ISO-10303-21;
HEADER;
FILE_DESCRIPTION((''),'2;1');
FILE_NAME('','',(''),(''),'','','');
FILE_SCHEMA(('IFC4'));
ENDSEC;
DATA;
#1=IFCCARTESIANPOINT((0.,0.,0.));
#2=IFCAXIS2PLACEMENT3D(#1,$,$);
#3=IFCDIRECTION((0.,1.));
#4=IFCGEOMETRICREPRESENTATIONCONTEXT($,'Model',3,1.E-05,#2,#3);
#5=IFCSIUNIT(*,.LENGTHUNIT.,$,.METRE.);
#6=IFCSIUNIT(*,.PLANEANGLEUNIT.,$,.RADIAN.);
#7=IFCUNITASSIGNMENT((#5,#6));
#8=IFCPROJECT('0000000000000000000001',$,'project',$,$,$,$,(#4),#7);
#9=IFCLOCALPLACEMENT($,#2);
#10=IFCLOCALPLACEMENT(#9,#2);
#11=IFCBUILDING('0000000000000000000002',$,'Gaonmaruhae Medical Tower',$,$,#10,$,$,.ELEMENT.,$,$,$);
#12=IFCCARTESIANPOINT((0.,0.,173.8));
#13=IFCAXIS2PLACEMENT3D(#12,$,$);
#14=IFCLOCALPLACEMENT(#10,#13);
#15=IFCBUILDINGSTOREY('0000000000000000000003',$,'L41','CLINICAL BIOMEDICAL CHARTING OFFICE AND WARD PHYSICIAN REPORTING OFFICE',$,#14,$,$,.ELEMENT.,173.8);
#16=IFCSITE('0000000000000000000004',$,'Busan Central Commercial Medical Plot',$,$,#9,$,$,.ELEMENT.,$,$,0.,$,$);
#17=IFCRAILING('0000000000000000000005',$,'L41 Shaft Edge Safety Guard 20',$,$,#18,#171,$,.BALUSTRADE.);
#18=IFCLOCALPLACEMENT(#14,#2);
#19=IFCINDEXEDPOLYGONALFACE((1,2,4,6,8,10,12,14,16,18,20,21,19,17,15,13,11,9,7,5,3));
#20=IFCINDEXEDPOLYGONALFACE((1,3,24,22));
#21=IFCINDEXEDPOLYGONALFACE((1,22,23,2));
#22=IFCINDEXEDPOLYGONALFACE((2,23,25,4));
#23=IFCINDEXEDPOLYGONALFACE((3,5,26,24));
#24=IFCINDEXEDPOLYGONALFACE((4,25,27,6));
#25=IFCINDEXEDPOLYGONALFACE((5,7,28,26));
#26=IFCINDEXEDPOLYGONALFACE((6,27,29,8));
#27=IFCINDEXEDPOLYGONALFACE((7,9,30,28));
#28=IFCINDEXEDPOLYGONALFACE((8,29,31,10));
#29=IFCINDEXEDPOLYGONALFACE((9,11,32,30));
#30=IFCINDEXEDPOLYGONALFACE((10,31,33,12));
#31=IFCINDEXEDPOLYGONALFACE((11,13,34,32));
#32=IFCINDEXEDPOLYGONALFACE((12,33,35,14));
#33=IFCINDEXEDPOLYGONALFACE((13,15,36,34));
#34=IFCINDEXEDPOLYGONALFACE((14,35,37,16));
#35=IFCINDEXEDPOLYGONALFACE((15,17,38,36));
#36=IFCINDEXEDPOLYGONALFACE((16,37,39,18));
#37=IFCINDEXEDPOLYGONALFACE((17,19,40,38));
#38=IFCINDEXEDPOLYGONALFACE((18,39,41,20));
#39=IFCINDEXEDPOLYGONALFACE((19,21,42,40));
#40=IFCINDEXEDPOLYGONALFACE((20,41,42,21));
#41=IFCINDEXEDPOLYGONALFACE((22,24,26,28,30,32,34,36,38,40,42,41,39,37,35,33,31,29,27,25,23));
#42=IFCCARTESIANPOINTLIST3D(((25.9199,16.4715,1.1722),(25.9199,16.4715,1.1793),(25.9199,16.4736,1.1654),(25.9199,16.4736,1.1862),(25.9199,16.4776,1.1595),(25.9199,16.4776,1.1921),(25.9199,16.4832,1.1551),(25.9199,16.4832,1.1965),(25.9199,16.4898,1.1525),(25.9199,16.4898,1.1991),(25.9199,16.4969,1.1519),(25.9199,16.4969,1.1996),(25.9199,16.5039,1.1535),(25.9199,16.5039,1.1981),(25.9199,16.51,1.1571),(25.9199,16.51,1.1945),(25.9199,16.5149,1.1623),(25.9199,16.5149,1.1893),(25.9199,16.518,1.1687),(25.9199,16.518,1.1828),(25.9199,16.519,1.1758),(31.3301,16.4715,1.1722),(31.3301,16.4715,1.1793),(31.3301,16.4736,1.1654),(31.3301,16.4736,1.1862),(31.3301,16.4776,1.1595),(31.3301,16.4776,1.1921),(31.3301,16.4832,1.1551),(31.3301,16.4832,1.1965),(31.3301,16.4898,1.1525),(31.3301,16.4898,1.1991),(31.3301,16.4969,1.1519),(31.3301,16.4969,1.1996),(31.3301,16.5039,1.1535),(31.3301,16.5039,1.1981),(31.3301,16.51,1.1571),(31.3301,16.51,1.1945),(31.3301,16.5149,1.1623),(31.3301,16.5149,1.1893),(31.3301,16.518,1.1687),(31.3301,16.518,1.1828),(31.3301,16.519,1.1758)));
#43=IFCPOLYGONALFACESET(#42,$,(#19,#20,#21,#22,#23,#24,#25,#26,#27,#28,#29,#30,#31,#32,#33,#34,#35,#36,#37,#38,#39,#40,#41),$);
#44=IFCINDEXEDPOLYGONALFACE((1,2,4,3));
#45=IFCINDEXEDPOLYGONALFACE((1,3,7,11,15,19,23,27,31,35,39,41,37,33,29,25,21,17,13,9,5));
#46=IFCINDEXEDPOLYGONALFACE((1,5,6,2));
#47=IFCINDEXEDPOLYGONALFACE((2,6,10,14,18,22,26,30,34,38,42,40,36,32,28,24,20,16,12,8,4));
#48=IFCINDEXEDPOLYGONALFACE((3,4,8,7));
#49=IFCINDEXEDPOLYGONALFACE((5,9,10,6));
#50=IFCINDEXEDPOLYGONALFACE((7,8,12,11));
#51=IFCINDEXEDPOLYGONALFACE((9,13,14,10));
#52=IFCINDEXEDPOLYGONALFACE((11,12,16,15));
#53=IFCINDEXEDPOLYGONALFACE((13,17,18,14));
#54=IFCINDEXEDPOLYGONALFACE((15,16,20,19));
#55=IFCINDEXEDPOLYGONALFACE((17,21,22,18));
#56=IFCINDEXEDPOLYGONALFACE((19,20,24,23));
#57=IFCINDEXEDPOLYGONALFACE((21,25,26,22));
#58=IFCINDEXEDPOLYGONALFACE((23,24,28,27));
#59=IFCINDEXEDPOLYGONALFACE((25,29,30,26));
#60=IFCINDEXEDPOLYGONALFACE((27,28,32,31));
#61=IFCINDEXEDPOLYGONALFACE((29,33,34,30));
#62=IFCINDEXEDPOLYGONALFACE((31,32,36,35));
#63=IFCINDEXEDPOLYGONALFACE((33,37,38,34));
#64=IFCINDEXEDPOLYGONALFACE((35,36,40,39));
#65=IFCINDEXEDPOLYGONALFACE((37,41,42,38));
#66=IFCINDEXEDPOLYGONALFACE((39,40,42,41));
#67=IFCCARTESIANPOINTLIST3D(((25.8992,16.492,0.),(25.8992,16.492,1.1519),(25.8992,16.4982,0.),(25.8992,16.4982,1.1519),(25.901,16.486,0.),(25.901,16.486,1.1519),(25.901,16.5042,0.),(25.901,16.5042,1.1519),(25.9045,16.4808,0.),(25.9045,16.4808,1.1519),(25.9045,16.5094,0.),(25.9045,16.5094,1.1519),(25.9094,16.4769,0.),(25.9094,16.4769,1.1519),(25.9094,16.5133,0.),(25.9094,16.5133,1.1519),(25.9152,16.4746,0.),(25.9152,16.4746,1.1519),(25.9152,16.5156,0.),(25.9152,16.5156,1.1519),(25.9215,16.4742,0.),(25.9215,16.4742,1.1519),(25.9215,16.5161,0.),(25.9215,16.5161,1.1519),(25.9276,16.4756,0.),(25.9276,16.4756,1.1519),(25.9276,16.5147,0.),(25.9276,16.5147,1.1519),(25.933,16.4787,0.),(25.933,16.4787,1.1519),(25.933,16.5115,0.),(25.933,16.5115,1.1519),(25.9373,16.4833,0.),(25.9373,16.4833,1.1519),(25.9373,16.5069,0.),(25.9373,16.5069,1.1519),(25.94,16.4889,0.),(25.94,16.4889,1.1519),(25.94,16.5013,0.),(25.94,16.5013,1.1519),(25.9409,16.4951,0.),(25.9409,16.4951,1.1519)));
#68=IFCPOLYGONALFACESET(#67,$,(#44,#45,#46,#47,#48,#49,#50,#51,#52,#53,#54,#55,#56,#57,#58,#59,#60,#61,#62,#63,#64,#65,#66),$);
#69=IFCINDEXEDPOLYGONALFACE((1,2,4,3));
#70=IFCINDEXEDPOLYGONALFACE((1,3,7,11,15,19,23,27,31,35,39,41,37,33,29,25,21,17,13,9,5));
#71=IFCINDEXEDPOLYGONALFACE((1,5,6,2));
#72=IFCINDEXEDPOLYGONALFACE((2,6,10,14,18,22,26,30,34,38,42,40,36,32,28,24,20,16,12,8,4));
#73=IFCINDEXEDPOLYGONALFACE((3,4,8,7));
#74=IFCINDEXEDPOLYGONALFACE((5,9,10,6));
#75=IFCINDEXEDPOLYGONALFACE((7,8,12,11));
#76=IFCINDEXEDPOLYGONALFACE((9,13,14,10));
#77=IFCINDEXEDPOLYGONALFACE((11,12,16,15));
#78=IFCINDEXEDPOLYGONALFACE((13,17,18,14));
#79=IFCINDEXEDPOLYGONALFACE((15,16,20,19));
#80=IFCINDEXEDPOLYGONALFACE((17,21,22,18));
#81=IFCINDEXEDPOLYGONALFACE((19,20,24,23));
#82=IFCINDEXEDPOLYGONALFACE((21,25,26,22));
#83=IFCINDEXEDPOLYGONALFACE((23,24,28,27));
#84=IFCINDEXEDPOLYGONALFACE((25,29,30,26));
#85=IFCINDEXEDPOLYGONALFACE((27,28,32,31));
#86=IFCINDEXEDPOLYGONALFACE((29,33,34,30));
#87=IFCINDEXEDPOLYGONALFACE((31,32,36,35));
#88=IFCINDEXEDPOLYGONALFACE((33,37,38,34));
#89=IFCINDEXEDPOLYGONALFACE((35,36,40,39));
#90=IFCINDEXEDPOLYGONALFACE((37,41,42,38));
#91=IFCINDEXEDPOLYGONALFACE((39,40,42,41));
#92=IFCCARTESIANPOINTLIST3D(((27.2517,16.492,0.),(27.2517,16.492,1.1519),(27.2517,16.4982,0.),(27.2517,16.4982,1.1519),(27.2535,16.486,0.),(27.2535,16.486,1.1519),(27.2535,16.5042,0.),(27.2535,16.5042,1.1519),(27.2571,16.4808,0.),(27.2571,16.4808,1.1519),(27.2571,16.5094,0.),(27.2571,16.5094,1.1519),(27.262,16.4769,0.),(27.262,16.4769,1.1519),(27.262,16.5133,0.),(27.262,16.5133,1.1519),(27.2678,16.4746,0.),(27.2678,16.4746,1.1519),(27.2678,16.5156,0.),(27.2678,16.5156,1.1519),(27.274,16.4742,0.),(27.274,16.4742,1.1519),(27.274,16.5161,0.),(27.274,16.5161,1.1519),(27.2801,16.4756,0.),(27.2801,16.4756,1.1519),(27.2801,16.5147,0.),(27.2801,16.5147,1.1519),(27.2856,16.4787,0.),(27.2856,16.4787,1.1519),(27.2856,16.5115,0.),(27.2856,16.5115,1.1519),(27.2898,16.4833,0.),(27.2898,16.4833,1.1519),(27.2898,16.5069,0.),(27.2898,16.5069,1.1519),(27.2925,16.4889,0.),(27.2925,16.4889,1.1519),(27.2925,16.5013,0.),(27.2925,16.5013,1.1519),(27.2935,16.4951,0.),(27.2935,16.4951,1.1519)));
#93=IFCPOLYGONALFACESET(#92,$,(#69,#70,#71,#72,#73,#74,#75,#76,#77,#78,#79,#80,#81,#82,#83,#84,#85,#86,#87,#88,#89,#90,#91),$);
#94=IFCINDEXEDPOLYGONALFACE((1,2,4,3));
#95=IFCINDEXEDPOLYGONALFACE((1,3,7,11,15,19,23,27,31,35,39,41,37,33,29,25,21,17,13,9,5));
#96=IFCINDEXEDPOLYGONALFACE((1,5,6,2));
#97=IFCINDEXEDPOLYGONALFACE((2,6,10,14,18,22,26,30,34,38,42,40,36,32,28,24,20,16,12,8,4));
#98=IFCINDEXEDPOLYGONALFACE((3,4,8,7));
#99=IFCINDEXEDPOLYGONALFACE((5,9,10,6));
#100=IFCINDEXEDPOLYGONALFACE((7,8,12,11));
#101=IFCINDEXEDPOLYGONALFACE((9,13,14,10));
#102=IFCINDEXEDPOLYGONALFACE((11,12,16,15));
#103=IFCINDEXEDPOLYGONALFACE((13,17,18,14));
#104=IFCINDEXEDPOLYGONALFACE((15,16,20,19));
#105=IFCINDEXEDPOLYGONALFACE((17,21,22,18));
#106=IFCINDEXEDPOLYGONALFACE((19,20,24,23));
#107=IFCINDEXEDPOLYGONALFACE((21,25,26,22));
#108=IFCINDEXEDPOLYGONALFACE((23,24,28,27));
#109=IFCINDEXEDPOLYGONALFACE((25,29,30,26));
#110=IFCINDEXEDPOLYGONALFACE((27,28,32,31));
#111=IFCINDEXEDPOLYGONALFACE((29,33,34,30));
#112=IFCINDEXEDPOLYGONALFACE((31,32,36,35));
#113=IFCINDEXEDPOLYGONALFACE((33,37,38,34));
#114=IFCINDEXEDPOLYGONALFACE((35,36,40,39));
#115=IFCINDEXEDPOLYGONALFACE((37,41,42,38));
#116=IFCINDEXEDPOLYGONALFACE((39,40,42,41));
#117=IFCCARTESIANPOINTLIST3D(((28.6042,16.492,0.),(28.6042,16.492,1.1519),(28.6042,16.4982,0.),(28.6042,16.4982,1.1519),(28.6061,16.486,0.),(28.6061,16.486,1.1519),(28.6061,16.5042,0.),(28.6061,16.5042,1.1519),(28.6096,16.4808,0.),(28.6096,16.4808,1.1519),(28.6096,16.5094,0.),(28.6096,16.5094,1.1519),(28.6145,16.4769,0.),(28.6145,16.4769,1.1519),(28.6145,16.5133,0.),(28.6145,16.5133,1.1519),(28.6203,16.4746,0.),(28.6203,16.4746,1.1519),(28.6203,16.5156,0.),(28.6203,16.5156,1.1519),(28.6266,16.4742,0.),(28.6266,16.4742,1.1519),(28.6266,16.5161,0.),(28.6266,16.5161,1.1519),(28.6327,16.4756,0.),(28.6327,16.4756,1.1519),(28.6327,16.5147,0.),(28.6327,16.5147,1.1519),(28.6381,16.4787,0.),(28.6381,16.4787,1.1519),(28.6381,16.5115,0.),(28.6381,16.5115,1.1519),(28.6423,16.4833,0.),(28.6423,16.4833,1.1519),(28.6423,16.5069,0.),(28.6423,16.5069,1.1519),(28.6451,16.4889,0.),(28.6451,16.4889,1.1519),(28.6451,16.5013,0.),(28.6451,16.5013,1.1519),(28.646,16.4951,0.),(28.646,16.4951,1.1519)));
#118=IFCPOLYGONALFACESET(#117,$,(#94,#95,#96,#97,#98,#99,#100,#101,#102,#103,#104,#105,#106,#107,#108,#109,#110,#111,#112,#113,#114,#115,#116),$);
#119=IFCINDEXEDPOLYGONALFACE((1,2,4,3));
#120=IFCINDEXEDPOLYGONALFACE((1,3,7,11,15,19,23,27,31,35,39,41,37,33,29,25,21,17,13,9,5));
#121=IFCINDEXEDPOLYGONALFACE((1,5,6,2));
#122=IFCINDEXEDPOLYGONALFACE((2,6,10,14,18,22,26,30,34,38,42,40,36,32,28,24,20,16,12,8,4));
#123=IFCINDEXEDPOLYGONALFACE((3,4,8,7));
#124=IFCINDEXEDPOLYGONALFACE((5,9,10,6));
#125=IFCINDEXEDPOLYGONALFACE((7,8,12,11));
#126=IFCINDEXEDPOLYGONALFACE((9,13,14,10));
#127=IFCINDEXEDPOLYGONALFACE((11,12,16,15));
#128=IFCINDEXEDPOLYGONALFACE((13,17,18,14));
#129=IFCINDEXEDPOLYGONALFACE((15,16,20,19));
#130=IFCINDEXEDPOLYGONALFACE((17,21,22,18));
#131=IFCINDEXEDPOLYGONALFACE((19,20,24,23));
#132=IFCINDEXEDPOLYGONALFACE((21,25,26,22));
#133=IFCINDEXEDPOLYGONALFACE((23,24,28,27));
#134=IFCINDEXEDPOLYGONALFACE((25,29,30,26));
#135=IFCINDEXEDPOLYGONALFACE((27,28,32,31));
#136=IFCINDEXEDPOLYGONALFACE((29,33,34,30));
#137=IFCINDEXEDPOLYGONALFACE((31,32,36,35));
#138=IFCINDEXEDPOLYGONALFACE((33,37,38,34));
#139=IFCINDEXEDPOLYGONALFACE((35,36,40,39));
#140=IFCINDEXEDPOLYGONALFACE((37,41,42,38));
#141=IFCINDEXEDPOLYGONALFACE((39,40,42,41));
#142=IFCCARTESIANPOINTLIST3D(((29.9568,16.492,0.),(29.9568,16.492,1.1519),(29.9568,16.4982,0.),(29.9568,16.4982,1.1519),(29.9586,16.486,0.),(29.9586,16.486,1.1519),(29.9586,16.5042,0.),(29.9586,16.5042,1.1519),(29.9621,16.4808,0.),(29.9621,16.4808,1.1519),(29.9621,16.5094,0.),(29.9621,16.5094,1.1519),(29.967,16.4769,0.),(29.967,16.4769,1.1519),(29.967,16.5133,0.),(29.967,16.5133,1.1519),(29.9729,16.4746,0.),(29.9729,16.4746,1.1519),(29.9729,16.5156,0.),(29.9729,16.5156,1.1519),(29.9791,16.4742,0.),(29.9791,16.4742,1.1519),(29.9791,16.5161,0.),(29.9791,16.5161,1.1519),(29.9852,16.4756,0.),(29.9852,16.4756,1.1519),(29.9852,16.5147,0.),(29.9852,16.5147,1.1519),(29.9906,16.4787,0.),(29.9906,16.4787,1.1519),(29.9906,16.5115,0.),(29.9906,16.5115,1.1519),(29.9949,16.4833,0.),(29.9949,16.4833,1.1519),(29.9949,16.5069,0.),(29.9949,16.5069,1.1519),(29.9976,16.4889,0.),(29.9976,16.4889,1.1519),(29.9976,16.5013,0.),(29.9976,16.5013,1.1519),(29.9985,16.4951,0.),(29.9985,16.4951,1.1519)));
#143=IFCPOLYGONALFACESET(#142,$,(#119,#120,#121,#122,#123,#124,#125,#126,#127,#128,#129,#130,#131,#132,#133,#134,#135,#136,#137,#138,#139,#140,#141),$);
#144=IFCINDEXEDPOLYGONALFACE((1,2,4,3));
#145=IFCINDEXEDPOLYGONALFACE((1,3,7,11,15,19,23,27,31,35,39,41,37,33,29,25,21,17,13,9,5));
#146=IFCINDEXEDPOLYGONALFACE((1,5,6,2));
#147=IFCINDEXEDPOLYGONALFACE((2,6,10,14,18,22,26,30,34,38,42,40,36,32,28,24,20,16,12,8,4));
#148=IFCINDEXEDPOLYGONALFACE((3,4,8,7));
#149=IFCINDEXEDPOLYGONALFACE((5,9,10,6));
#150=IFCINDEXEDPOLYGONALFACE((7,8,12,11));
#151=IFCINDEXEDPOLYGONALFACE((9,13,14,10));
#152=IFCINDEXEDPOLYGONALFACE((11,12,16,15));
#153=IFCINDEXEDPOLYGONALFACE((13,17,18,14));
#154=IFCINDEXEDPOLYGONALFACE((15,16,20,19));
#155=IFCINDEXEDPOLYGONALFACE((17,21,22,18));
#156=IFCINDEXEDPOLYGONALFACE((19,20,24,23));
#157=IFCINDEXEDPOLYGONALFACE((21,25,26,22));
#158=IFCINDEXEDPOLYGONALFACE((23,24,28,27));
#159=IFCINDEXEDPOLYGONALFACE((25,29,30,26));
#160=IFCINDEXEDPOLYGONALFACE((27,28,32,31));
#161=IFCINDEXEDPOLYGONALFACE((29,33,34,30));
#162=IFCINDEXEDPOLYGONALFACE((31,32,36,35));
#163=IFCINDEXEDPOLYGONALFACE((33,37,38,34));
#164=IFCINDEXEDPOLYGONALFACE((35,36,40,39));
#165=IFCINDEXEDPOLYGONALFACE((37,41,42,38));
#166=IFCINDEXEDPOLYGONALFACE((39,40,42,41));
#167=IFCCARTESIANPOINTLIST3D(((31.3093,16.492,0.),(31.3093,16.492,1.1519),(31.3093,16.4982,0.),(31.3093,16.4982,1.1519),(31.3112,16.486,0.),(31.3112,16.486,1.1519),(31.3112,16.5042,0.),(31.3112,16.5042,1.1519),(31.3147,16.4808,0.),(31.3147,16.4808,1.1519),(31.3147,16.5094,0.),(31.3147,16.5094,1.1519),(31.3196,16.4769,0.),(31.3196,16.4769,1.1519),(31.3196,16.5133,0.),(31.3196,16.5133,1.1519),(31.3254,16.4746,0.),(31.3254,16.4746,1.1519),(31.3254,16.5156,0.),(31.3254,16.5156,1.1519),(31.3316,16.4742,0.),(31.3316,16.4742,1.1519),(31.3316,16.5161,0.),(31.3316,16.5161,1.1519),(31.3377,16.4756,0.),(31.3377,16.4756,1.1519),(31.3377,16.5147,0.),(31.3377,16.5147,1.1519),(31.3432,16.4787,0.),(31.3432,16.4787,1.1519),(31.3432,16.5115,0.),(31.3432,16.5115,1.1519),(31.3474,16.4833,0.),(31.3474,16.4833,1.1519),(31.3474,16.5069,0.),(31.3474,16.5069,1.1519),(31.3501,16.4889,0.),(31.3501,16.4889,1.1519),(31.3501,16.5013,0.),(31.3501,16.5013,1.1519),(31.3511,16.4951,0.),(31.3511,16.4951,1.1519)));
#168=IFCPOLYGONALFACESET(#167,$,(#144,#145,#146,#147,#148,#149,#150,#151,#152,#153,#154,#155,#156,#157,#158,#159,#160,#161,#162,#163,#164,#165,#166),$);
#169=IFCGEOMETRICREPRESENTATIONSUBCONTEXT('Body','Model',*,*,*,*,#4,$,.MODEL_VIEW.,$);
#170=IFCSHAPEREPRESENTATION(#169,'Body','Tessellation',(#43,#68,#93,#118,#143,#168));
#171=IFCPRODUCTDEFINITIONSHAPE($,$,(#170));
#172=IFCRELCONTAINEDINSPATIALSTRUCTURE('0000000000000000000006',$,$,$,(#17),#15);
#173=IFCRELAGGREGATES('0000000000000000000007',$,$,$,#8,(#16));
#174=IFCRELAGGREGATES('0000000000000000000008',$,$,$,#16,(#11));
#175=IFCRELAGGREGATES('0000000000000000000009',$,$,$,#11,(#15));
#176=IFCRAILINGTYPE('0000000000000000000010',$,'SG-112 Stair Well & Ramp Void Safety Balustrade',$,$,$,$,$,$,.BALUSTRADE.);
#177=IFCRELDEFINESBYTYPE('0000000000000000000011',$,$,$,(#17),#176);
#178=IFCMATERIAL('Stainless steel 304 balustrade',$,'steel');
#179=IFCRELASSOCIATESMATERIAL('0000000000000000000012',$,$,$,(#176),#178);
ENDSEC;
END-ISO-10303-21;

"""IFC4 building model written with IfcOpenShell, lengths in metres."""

from ifc_helpers import new_model, si_unit, direction, frame, origin, origin_2d, place, context, subcontext, project, spatial, circle, extrude, material, type_object, element, save


model = new_model("IFC4")

# Units and contexts
model_context = context("Model", 3, precision=1e-05, world=origin(), true_north=direction((0.0, 1.0)))
body_context = subcontext(model_context, "Body", "Model", "MODEL_VIEW")
ifc_project = project(units=[si_unit("LENGTHUNIT", "METRE"), si_unit("PLANEANGLEUNIT", "RADIAN")], contexts=[model_context])

# Site, building, storey
site_placement = place(None, origin())
site = spatial("IfcSite", under=ifc_project, at=site_placement, Name="Busan Central Commercial Medical Plot", CompositionType="ELEMENT", RefElevation=0.0)
building_placement = place(site_placement, origin())
building = spatial("IfcBuilding", under=site, at=building_placement, Name="Gaonmaruhae Medical Tower", CompositionType="ELEMENT")
storey_placement = place(building_placement, frame((0.0, 0.0, 173.8)))
storey = spatial("IfcBuildingStorey", under=building, at=storey_placement, Name="L41", Description="CLINICAL BIOMEDICAL CHARTING OFFICE AND WARD PHYSICIAN REPORTING OFFICE", CompositionType="ELEMENT", Elevation=173.8)

# Railing
ifc_material_1 = material(Name="Stainless steel 304 balustrade", Category="steel")
railing_type = type_object("IfcRailingType", Name="SG-112 Stair Well & Ramp Void Safety Balustrade", PredefinedType="BALUSTRADE", material=ifc_material_1)
railing_1_placement = place(storey_placement, frame((25.9199, 16.4951, 0.0)))
element("IfcRailing", 1, at=railing_1_placement, inside=storey, type_object=railing_type, Name="L41 Shaft Edge Safety Guard 20", PredefinedType="BALUSTRADE", context=body_context, shape_type="SweptSolid", body=[
    extrude(circle(Radius=0.0239, at=origin_2d()), frame((0.0, 0.0, 1.1758), z_axis=(1.0, 0.0, 0.0), x_axis=(0.0, 1.0, 0.0)), (0.0, 0.0, 1.0), 5.4102),
    extrude(circle(Radius=0.021, at=origin_2d()), origin(), (0.0, 0.0, 1.0), 1.1519),
    extrude(circle(Radius=0.021, at=origin_2d()), frame((1.3525, 0.0, 0.0)), (0.0, 0.0, 1.0), 1.1519),
    extrude(circle(Radius=0.021, at=origin_2d()), frame((2.7051, 0.0, 0.0)), (0.0, 0.0, 1.0), 1.1519),
    extrude(circle(Radius=0.021, at=origin_2d()), frame((4.0576, 0.0, 0.0)), (0.0, 0.0, 1.0), 1.1519),
    extrude(circle(Radius=0.021, at=origin_2d()), frame((5.4102, 0.0, 0.0)), (0.0, 0.0, 1.0), 1.1519),
])

save(model, "model.ifc")
